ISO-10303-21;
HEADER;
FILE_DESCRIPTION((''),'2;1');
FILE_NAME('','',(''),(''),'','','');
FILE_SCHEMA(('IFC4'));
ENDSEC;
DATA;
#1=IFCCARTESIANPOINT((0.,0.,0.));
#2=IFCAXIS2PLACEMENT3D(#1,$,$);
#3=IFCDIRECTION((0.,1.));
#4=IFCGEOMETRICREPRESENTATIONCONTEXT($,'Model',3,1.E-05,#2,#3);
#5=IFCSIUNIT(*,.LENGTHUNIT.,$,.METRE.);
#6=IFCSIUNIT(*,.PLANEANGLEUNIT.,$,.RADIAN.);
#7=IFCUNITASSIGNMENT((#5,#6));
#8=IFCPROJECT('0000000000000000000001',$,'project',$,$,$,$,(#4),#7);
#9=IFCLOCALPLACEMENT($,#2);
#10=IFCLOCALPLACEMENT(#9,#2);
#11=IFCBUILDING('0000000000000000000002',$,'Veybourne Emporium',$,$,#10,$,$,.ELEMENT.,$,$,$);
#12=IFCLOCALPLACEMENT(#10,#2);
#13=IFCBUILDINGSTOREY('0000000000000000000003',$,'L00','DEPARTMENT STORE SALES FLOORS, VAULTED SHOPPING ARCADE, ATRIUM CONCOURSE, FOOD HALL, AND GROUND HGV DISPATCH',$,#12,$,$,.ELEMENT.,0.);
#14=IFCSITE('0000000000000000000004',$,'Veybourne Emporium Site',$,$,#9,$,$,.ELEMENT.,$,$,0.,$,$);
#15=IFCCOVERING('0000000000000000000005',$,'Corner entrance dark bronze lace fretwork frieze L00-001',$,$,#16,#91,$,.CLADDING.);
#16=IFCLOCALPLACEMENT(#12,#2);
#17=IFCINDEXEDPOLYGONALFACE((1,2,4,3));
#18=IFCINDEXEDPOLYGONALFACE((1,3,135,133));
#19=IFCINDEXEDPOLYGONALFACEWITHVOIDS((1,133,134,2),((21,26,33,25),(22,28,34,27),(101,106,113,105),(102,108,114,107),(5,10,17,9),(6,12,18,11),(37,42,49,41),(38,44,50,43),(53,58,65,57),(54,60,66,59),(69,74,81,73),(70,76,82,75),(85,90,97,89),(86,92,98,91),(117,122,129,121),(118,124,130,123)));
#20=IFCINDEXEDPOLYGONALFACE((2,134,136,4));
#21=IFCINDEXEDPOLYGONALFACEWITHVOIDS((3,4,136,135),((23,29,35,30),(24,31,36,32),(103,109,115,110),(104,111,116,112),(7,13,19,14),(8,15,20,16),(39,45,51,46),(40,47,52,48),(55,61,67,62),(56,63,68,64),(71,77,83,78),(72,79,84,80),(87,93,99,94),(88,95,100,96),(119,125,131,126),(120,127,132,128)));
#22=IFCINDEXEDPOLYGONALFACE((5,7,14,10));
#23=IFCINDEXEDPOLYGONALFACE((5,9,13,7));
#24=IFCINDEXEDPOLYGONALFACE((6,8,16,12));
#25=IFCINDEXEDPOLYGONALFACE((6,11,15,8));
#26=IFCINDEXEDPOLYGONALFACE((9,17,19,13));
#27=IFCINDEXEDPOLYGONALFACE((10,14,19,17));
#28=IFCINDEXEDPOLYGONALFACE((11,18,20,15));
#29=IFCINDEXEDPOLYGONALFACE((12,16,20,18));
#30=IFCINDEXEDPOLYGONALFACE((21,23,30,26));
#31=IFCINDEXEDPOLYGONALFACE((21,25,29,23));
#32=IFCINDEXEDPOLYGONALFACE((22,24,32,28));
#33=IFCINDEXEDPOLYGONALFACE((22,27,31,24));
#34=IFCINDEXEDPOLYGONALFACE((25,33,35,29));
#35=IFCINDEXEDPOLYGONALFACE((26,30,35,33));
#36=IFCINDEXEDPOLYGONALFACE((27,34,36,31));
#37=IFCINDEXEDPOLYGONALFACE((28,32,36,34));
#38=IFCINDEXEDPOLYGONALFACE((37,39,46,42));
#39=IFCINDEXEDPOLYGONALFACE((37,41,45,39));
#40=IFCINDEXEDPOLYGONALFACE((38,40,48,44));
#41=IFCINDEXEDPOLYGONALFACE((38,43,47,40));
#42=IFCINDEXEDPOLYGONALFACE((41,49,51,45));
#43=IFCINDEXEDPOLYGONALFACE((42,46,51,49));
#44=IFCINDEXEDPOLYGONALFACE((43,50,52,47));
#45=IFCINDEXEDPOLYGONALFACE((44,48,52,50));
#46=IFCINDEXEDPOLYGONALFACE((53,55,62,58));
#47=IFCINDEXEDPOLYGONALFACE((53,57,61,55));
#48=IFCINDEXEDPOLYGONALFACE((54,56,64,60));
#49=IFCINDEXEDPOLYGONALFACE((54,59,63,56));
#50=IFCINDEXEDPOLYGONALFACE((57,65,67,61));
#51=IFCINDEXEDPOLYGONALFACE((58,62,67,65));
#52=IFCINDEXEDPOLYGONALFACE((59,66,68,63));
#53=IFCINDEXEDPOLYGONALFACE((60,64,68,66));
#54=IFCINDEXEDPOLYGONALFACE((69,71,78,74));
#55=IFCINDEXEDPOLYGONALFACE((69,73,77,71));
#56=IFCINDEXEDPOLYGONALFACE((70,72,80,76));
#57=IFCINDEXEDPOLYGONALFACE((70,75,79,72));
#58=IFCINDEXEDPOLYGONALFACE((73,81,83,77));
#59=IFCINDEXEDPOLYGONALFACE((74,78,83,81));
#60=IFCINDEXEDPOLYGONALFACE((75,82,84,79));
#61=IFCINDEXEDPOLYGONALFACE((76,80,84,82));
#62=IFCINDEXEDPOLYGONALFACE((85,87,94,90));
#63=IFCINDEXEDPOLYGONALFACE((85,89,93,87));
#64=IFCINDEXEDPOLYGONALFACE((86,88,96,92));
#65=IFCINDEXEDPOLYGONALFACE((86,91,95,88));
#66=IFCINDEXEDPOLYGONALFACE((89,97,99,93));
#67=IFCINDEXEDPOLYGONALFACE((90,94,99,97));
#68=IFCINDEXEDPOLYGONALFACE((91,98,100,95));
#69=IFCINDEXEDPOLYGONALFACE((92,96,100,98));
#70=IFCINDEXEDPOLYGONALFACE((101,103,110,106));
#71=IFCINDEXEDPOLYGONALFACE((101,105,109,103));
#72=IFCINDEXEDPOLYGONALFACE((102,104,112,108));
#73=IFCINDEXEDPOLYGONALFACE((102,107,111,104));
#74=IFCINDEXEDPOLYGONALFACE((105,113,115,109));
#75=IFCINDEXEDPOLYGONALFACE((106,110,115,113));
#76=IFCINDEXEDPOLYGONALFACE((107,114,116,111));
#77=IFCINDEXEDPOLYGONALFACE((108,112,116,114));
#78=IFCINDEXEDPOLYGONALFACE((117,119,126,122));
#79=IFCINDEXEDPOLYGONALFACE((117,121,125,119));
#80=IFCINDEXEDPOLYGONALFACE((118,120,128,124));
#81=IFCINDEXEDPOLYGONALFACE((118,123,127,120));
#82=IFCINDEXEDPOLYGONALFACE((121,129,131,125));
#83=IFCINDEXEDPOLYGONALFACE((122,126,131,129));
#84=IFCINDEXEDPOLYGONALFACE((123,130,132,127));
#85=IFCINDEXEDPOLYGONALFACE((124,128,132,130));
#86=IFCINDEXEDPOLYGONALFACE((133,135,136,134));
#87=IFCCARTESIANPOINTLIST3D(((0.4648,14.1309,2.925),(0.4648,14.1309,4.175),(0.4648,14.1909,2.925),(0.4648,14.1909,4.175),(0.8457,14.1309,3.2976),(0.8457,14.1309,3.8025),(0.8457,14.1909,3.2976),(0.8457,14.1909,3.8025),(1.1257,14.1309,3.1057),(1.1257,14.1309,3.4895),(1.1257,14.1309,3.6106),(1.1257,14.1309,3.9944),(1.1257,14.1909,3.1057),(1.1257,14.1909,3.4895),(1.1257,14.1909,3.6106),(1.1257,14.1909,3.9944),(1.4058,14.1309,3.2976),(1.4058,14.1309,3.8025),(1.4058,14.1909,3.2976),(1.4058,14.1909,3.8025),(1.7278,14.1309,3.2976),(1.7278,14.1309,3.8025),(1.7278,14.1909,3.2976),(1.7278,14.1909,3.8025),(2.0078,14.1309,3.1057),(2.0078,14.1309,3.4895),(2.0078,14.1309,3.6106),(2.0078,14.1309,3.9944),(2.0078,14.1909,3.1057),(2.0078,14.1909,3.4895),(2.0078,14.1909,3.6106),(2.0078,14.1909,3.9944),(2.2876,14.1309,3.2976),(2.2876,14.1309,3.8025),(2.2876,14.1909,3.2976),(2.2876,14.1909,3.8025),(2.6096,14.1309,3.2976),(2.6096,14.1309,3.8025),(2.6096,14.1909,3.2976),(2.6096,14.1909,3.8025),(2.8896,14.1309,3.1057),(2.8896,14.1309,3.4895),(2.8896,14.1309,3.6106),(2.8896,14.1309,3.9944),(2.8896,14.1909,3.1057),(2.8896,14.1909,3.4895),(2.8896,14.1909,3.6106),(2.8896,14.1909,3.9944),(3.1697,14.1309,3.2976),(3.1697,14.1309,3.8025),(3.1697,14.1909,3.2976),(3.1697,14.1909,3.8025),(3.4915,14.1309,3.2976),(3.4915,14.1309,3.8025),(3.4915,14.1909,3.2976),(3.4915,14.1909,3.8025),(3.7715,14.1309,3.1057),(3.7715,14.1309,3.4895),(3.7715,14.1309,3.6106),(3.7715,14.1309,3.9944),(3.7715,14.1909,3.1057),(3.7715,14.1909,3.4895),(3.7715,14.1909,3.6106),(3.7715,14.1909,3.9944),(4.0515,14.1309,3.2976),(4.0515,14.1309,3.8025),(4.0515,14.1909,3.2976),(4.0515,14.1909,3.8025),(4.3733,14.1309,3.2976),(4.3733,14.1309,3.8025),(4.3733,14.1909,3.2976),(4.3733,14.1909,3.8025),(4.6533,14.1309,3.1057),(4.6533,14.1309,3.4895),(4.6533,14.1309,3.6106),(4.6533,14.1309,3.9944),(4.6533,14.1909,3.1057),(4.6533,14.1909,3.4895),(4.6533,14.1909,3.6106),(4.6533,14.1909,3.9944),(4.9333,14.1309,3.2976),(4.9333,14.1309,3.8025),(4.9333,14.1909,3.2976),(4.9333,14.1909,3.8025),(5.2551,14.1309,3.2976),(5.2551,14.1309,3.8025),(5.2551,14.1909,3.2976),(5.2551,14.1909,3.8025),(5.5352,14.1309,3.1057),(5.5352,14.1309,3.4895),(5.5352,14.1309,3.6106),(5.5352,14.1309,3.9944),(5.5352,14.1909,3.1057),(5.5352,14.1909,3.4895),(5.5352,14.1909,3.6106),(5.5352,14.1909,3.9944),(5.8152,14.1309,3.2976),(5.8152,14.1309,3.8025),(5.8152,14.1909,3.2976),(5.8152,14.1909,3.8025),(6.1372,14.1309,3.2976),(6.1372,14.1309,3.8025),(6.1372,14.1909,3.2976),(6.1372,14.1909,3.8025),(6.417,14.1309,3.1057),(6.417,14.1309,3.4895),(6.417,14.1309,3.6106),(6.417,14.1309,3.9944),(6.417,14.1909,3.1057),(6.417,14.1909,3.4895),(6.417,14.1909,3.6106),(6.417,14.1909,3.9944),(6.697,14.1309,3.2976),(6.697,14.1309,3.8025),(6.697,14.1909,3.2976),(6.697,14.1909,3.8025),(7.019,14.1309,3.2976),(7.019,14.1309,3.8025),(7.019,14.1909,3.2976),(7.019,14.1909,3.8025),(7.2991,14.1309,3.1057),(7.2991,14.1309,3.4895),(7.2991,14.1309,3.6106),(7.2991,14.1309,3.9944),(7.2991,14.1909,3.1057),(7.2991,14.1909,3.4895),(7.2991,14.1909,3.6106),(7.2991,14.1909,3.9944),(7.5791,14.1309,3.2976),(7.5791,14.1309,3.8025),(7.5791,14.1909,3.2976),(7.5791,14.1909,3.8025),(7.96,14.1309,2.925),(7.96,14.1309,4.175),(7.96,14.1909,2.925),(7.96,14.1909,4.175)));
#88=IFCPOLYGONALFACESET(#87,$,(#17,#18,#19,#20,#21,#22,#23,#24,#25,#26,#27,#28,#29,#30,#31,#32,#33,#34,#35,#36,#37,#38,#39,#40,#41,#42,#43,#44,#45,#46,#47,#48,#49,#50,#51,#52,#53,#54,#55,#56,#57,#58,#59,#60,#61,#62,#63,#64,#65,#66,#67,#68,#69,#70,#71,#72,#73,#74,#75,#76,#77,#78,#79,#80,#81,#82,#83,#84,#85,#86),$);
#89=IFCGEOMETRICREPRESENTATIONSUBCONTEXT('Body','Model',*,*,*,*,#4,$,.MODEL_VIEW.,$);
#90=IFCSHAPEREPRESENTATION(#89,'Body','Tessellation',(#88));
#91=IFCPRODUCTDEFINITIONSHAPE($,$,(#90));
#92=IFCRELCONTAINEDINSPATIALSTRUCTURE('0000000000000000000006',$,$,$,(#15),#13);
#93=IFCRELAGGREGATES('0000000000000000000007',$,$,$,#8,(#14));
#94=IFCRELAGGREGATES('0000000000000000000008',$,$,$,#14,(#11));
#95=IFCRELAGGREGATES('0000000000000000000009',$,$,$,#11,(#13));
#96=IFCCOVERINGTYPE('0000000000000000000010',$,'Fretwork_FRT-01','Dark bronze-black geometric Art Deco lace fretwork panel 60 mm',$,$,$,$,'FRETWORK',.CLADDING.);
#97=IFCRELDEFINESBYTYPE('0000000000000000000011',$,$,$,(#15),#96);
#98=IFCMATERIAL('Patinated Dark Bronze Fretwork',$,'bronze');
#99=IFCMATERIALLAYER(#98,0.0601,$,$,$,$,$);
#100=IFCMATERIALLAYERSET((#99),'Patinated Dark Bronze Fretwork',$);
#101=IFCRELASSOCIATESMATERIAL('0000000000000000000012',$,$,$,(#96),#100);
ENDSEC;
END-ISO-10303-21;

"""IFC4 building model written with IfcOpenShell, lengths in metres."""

from ifc_helpers import new_model, si_unit, direction, frame, origin, place, context, subcontext, project, spatial, polyline, outline, extrude, material, layer, layer_set, type_object, element, save


model = new_model("IFC4")

# Units and contexts
model_context = context("Model", 3, precision=1e-05, world=origin(), true_north=direction((0.0, 1.0)))
body_context = subcontext(model_context, "Body", "Model", "MODEL_VIEW")
ifc_project = project(units=[si_unit("LENGTHUNIT", "METRE"), si_unit("PLANEANGLEUNIT", "RADIAN")], contexts=[model_context])

# Site, building, storey
site_placement = place(None, origin())
site = spatial("IfcSite", under=ifc_project, at=site_placement, Name="Veybourne Emporium Site", CompositionType="ELEMENT", RefElevation=0.0)
building_placement = place(site_placement, origin())
building = spatial("IfcBuilding", under=site, at=building_placement, Name="Veybourne Emporium", CompositionType="ELEMENT")
storey_placement = place(building_placement, origin())
storey = spatial("IfcBuildingStorey", under=building, at=storey_placement, Name="L00", Description="DEPARTMENT STORE SALES FLOORS, VAULTED SHOPPING ARCADE, ATRIUM CONCOURSE, FOOD HALL, AND GROUND HGV DISPATCH", CompositionType="ELEMENT", Elevation=0.0)

# Covering
ifc_material_1 = material(Name="Patinated Dark Bronze Fretwork", Category="bronze")
ifc_layer_1 = layer(ifc_material_1, 0.0601)
ifc_layer_set_1 = layer_set([ifc_layer_1], Name="Patinated Dark Bronze Fretwork")
covering_type = type_object("IfcCoveringType", Name="Fretwork_FRT-01", Description="Dark bronze-black geometric Art Deco lace fretwork panel 60 mm", ElementType="FRETWORK", PredefinedType="CLADDING", material=ifc_layer_set_1)
covering_placement = place(storey_placement, frame((4.2124, 14.1309, 3.55), z_axis=(0.0, 1.0, 0.0), x_axis=(-1.0, 0.0, 0.0)))
element("IfcCovering", 1, at=covering_placement, inside=storey, type_object=covering_type, Name="Corner entrance dark bronze lace fretwork frieze L00-001", PredefinedType="CLADDING", context=body_context, shape_type="SweptSolid", body=[
    extrude(outline(polyline([(-3.7476, -0.625), (3.7476, -0.625), (3.7476, 0.625), (-3.7476, 0.625), (-3.7476, -0.625)]), holes=[polyline([(-3.0867, -0.0605), (-2.8066, -0.2524), (-3.0867, -0.4443), (-3.3667, -0.2524), (-3.0867, -0.0605)]), polyline([(-3.0867, 0.4443), (-2.8066, 0.2524), (-3.0867, 0.0605), (-3.3667, 0.2524), (-3.0867, 0.4443)]), polyline([(-2.2046, -0.0605), (-1.9248, -0.2524), (-2.2046, -0.4443), (-2.4846, -0.2524), (-2.2046, -0.0605)]), polyline([(-2.2046, 0.4443), (-1.9248, 0.2524), (-2.2046, 0.0605), (-2.4846, 0.2524), (-2.2046, 0.4443)]), polyline([(-1.3228, -0.0605), (-1.0427, -0.2524), (-1.3228, -0.4443), (-1.6028, -0.2524), (-1.3228, -0.0605)]), polyline([(-1.3228, 0.4443), (-1.0427, 0.2524), (-1.3228, 0.0605), (-1.6028, 0.2524), (-1.3228, 0.4443)]), polyline([(-0.4409, -0.0605), (-0.1609, -0.2524), (-0.4409, -0.4443), (-0.7209, -0.2524), (-0.4409, -0.0605)]), polyline([(-0.4409, 0.4443), (-0.1609, 0.2524), (-0.4409, 0.0605), (-0.7209, 0.2524), (-0.4409, 0.4443)]), polyline([(0.4409, -0.0605), (0.7209, -0.2524), (0.4409, -0.4443), (0.1609, -0.2524), (0.4409, -0.0605)]), polyline([(0.4409, 0.4443), (0.7209, 0.2524), (0.4409, 0.0605), (0.1609, 0.2524), (0.4409, 0.4443)]), polyline([(1.3228, -0.0605), (1.6028, -0.2524), (1.3228, -0.4443), (1.0427, -0.2524), (1.3228, -0.0605)]), polyline([(1.3228, 0.4443), (1.6028, 0.2524), (1.3228, 0.0605), (1.0427, 0.2524), (1.3228, 0.4443)]), polyline([(2.2046, -0.0605), (2.4846, -0.2524), (2.2046, -0.4443), (1.9248, -0.2524), (2.2046, -0.0605)]), polyline([(2.2046, 0.4443), (2.4846, 0.2524), (2.2046, 0.0605), (1.9248, 0.2524), (2.2046, 0.4443)]), polyline([(3.0867, -0.0605), (3.3667, -0.2524), (3.0867, -0.4443), (2.8066, -0.2524), (3.0867, -0.0605)]), polyline([(3.0867, 0.4443), (3.3667, 0.2524), (3.0867, 0.0605), (2.8066, 0.2524), (3.0867, 0.4443)])]), origin(), (0.0, 0.0, 1.0), 0.0601),
])

save(model, "model.ifc")
